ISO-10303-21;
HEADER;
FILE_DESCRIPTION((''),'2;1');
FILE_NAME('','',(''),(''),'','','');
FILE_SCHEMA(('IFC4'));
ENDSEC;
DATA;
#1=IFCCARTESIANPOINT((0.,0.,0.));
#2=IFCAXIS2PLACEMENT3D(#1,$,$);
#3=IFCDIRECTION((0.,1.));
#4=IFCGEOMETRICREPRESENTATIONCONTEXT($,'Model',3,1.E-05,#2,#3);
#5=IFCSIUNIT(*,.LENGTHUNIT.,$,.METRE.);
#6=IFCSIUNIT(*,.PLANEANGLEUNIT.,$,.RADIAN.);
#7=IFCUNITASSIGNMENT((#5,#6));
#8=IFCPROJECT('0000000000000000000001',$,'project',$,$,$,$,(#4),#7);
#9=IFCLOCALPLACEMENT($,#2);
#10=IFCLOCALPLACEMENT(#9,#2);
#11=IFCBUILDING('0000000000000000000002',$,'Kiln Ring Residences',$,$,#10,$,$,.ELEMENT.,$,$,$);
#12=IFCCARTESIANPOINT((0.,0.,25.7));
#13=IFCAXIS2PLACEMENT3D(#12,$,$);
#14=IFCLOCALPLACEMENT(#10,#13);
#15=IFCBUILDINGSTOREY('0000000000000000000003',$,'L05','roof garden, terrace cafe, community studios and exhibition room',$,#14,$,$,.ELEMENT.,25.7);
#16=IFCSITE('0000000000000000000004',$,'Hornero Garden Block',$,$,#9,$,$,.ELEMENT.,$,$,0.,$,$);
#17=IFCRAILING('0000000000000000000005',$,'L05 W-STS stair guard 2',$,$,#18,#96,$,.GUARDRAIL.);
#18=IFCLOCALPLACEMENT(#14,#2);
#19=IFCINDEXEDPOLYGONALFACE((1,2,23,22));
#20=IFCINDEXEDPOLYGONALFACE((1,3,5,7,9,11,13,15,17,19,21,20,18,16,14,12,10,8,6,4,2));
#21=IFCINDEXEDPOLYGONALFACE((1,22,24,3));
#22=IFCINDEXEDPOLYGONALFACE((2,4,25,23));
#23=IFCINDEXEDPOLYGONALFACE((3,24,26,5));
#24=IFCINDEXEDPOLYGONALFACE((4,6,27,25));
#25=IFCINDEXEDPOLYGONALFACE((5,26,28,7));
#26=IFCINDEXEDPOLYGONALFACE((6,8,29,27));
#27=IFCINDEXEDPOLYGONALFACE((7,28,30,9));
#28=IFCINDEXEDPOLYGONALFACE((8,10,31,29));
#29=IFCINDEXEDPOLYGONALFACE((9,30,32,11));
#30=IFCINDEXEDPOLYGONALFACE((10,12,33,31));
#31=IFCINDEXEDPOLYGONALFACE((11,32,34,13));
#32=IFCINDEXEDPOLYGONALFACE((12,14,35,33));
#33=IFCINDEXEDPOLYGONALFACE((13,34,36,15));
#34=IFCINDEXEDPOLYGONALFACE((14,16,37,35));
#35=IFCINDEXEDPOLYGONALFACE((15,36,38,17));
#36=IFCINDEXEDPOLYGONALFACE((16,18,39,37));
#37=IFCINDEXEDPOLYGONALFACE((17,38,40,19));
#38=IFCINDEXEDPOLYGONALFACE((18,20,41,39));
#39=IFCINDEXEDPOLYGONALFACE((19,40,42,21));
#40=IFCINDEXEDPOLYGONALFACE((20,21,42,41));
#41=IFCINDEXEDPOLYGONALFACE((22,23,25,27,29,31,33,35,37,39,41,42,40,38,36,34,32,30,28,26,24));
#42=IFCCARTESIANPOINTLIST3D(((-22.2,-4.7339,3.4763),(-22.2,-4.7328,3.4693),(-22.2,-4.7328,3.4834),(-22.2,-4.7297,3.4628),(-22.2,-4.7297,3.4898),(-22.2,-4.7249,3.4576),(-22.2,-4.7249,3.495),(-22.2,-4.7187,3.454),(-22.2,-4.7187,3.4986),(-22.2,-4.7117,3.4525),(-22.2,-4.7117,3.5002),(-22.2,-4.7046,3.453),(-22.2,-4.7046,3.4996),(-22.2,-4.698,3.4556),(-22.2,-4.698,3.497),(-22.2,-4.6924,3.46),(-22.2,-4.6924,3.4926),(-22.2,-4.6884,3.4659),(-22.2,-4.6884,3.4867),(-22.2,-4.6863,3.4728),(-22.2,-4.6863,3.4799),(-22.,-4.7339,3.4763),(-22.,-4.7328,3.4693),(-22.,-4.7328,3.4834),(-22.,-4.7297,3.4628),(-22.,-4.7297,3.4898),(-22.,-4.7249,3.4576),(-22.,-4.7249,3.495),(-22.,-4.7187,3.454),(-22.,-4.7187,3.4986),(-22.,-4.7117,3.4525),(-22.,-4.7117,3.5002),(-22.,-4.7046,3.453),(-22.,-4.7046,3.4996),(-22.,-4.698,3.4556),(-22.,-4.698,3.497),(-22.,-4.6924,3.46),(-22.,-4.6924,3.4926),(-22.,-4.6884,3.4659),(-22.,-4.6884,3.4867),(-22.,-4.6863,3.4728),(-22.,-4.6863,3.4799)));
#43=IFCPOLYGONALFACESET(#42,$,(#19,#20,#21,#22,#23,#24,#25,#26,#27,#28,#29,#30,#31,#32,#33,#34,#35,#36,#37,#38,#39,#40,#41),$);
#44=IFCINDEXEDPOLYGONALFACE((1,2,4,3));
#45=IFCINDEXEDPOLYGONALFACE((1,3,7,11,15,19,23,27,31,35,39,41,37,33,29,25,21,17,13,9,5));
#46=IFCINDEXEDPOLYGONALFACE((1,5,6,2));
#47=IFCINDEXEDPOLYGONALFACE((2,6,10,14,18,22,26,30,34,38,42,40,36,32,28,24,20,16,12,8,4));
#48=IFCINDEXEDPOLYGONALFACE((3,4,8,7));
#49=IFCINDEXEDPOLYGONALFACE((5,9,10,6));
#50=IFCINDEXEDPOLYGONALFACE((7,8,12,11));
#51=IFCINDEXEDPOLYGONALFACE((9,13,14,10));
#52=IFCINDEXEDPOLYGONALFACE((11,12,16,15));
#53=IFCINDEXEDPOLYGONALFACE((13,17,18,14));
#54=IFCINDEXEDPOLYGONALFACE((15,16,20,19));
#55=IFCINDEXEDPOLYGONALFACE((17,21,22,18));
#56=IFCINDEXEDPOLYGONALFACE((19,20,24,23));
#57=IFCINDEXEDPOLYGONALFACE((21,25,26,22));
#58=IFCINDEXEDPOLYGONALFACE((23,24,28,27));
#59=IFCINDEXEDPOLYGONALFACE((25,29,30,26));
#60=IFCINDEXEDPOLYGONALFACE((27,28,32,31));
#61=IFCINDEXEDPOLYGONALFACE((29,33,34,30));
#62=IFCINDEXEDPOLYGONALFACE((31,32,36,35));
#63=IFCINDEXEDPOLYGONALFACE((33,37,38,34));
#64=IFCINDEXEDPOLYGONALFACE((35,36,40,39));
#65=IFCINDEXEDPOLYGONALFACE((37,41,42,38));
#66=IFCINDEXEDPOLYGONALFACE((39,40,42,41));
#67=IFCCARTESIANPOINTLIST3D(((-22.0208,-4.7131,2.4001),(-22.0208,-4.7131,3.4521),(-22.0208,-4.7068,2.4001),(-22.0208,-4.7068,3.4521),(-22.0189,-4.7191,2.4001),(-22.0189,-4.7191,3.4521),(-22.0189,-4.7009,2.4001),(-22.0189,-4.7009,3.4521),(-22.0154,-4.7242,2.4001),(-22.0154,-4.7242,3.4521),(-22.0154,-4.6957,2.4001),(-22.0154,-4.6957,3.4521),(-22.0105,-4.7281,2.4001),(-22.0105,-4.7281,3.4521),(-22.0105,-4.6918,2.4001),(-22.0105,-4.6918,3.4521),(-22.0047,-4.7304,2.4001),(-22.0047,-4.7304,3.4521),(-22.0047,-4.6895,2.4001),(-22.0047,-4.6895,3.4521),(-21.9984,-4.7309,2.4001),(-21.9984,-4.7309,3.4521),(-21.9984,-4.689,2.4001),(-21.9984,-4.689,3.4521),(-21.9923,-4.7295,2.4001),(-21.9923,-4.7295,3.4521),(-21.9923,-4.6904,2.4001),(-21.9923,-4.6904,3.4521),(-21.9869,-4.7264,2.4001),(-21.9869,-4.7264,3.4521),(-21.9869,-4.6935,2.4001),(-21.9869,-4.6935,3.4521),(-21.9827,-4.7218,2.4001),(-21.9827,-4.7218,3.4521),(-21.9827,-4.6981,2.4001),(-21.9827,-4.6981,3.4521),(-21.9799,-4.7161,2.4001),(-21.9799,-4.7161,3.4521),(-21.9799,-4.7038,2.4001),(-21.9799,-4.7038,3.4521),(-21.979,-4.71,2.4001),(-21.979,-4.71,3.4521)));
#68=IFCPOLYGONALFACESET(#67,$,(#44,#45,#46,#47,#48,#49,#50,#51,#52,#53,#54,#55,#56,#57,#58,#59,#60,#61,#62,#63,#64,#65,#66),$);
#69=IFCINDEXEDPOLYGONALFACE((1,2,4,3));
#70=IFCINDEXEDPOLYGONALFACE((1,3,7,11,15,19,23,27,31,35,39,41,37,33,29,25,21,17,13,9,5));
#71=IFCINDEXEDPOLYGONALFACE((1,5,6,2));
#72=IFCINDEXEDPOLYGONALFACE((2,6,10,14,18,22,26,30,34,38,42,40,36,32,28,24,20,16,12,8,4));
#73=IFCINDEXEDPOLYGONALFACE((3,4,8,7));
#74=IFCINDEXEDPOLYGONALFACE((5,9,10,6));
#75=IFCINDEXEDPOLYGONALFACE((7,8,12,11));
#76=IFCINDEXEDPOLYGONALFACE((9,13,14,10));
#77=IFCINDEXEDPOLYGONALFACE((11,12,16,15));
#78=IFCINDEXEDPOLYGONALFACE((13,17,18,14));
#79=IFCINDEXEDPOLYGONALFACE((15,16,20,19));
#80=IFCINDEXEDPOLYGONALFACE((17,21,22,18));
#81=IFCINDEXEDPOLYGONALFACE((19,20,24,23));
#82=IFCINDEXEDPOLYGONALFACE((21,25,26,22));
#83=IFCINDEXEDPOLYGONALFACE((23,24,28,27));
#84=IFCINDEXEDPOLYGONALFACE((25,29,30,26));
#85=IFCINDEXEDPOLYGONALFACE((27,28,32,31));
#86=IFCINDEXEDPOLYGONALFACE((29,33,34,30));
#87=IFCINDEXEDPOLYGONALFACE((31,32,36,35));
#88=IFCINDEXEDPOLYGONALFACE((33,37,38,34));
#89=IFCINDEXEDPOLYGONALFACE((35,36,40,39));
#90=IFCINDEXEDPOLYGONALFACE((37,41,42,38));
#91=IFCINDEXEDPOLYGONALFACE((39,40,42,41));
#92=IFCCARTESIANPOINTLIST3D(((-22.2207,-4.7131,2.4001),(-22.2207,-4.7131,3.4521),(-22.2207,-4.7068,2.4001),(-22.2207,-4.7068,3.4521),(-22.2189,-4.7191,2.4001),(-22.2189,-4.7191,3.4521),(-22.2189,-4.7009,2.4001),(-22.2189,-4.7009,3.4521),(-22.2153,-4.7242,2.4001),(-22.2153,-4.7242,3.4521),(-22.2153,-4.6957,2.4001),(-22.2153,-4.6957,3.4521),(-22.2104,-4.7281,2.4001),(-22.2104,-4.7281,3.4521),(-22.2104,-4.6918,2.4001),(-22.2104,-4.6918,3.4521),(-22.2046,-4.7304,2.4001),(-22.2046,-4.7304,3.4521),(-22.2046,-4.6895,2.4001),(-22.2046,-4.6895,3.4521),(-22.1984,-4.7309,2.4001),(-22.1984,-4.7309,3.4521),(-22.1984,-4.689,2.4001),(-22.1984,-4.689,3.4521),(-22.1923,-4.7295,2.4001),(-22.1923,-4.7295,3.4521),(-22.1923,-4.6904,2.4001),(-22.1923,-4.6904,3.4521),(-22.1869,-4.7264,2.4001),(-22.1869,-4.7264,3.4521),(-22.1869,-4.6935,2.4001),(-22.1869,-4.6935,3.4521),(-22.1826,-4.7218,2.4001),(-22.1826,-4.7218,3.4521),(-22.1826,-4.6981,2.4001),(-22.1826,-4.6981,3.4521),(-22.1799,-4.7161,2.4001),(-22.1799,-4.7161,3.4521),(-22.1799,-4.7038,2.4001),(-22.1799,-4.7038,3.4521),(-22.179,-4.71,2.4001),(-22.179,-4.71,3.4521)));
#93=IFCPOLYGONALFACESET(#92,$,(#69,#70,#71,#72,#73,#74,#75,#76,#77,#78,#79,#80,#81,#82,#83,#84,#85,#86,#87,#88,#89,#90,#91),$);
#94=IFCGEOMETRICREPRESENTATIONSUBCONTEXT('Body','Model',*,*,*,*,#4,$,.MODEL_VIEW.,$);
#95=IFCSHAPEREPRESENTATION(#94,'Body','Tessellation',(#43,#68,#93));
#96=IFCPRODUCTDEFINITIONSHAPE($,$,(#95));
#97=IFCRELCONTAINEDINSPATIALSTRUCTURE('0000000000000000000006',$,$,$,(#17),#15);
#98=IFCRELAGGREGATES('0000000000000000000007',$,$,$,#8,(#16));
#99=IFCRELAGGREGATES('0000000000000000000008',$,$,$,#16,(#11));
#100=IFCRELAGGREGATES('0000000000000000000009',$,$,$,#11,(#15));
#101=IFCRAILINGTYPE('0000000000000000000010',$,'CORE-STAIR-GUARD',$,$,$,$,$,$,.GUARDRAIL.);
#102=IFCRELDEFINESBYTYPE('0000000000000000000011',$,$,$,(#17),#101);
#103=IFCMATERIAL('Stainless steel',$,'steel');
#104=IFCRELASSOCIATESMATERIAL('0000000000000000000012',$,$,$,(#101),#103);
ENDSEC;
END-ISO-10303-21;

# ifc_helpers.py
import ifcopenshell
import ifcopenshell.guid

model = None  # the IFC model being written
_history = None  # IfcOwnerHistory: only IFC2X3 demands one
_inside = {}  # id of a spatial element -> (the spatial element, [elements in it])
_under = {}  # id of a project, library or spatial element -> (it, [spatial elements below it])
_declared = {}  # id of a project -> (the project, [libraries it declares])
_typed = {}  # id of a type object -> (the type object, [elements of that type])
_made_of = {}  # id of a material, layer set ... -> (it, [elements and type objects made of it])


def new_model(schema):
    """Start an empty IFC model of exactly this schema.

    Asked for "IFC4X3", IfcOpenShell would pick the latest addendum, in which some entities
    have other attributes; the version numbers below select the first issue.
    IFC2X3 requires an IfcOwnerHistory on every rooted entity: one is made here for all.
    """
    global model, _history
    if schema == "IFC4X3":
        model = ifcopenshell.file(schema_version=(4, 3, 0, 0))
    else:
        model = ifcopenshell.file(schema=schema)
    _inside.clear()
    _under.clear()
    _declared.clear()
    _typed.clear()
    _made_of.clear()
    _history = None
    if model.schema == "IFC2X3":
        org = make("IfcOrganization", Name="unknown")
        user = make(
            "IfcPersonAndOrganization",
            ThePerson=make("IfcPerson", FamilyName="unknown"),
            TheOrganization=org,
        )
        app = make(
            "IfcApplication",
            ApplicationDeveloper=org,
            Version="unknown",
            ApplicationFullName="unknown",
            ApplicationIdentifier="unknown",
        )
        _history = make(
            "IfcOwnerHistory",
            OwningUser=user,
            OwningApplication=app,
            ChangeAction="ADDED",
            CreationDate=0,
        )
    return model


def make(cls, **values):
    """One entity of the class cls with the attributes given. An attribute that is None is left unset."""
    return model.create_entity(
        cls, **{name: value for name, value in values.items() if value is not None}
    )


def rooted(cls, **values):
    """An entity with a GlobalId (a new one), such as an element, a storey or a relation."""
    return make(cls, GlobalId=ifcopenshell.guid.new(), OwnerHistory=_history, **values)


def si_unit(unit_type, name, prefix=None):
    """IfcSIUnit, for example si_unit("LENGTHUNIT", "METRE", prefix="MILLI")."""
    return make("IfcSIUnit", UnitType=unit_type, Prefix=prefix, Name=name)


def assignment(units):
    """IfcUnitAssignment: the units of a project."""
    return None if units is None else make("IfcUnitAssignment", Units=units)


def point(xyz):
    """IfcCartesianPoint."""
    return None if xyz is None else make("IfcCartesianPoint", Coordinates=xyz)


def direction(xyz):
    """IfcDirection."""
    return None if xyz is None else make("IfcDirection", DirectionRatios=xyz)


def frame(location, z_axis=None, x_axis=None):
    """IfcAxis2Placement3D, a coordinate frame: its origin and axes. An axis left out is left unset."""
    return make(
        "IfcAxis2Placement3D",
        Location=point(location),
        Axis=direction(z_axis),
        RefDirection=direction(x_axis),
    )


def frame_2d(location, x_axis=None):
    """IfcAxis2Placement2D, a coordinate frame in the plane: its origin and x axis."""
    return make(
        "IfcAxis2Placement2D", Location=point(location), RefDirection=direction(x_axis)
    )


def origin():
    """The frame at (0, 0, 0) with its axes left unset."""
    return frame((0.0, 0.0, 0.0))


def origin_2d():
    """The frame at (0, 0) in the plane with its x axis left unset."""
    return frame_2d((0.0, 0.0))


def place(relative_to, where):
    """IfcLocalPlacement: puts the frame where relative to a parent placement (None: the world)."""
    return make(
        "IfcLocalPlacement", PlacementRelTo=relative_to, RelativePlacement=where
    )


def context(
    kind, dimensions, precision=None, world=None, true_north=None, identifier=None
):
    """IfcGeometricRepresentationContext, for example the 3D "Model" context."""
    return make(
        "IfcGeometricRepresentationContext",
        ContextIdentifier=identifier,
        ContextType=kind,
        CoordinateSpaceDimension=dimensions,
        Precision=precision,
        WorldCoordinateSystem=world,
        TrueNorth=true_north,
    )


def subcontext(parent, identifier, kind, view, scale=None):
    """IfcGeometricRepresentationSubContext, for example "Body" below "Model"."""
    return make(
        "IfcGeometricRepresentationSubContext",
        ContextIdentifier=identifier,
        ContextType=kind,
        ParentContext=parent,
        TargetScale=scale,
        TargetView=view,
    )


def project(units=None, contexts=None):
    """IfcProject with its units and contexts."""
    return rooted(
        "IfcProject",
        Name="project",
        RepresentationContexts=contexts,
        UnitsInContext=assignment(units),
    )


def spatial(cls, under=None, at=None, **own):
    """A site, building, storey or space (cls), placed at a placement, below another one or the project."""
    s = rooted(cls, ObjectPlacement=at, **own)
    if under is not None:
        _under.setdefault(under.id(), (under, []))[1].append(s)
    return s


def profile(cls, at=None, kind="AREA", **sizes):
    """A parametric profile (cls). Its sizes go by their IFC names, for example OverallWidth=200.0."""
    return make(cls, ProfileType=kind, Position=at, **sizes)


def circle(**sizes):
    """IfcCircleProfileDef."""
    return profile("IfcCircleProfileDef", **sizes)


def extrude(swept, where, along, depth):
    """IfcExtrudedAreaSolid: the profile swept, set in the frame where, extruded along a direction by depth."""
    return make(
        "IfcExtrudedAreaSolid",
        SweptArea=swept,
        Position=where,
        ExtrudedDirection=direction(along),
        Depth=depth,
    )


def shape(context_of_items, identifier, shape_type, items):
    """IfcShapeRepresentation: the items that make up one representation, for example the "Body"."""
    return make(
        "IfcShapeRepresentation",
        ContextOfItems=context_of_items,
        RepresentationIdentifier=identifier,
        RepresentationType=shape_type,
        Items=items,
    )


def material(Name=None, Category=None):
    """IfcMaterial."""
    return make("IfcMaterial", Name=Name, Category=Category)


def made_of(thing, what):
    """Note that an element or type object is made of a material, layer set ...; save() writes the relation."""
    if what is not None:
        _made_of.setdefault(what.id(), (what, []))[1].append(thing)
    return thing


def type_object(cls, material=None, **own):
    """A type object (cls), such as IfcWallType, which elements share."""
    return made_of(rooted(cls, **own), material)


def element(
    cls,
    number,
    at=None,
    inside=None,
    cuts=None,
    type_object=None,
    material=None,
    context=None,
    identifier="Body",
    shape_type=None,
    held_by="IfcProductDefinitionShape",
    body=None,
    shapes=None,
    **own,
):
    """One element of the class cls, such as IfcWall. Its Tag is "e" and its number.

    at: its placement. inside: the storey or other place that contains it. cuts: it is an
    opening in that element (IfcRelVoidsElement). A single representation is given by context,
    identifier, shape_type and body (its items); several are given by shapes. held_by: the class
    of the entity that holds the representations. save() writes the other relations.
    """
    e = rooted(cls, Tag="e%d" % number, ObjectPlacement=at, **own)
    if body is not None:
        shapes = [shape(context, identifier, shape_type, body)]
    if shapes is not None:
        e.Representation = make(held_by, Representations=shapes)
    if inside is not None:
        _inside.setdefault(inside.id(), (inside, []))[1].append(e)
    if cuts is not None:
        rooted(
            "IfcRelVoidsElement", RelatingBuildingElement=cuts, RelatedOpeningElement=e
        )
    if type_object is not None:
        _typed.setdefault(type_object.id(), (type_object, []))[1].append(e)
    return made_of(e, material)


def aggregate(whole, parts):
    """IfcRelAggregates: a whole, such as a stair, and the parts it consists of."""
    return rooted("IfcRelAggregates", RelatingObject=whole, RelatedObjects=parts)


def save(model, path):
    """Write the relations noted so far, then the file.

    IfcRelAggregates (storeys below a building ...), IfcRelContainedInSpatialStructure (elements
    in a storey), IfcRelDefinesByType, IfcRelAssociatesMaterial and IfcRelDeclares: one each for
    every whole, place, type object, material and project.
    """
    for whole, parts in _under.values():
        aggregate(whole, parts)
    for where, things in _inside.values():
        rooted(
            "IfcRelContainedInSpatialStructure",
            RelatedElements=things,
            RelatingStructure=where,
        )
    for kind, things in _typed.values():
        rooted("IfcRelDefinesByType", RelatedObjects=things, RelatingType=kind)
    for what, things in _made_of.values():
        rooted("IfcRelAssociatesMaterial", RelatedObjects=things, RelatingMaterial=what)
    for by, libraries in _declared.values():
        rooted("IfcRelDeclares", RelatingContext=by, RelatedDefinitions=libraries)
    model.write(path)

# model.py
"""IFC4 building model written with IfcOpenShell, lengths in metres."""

from ifc_helpers import new_model, si_unit, direction, frame, origin, origin_2d, place, context, subcontext, project, spatial, circle, extrude, material, type_object, element, save


model = new_model("IFC4")

# Units and contexts
model_context = context("Model", 3, precision=1e-05, world=origin(), true_north=direction((0.0, 1.0)))
body_context = subcontext(model_context, "Body", "Model", "MODEL_VIEW")
ifc_project = project(units=[si_unit("LENGTHUNIT", "METRE"), si_unit("PLANEANGLEUNIT", "RADIAN")], contexts=[model_context])

# Site, building, storey
site_placement = place(None, origin())
site = spatial("IfcSite", under=ifc_project, at=site_placement, Name="Hornero Garden Block", CompositionType="ELEMENT", RefElevation=0.0)
building_placement = place(site_placement, origin())
building = spatial("IfcBuilding", under=site, at=building_placement, Name="Kiln Ring Residences", CompositionType="ELEMENT")
storey_placement = place(building_placement, frame((0.0, 0.0, 25.7)))
storey = spatial("IfcBuildingStorey", under=building, at=storey_placement, Name="L05", Description="roof garden, terrace cafe, community studios and exhibition room", CompositionType="ELEMENT", Elevation=25.7)

# Railing
ifc_material_1 = material(Name="Stainless steel", Category="steel")
railing_type_1 = type_object("IfcRailingType", Name="CORE-STAIR-GUARD", PredefinedType="GUARDRAIL", material=ifc_material_1)
railing_1_placement = place(storey_placement, frame((-22.0, -4.71, 2.4001)))
element("IfcRailing", 1, at=railing_1_placement, inside=storey, type_object=railing_type_1, Name="L05 W-STS stair guard 2", PredefinedType="GUARDRAIL", context=body_context, shape_type="SweptSolid", body=[
    extrude(circle(Radius=0.0239, at=origin_2d()), frame((0.0, 0.0, 1.0762), z_axis=(-1.0, 0.0, 0.0), x_axis=(0.0, -1.0, 0.0)), (0.0, 0.0, 1.0), 0.2),
    extrude(circle(Radius=0.021, at=origin_2d()), origin(), (0.0, 0.0, 1.0), 1.052),
    extrude(circle(Radius=0.021, at=origin_2d()), frame((-0.2, 0.0, 0.0)), (0.0, 0.0, 1.0), 1.052),
])

save(model, "model.ifc")
